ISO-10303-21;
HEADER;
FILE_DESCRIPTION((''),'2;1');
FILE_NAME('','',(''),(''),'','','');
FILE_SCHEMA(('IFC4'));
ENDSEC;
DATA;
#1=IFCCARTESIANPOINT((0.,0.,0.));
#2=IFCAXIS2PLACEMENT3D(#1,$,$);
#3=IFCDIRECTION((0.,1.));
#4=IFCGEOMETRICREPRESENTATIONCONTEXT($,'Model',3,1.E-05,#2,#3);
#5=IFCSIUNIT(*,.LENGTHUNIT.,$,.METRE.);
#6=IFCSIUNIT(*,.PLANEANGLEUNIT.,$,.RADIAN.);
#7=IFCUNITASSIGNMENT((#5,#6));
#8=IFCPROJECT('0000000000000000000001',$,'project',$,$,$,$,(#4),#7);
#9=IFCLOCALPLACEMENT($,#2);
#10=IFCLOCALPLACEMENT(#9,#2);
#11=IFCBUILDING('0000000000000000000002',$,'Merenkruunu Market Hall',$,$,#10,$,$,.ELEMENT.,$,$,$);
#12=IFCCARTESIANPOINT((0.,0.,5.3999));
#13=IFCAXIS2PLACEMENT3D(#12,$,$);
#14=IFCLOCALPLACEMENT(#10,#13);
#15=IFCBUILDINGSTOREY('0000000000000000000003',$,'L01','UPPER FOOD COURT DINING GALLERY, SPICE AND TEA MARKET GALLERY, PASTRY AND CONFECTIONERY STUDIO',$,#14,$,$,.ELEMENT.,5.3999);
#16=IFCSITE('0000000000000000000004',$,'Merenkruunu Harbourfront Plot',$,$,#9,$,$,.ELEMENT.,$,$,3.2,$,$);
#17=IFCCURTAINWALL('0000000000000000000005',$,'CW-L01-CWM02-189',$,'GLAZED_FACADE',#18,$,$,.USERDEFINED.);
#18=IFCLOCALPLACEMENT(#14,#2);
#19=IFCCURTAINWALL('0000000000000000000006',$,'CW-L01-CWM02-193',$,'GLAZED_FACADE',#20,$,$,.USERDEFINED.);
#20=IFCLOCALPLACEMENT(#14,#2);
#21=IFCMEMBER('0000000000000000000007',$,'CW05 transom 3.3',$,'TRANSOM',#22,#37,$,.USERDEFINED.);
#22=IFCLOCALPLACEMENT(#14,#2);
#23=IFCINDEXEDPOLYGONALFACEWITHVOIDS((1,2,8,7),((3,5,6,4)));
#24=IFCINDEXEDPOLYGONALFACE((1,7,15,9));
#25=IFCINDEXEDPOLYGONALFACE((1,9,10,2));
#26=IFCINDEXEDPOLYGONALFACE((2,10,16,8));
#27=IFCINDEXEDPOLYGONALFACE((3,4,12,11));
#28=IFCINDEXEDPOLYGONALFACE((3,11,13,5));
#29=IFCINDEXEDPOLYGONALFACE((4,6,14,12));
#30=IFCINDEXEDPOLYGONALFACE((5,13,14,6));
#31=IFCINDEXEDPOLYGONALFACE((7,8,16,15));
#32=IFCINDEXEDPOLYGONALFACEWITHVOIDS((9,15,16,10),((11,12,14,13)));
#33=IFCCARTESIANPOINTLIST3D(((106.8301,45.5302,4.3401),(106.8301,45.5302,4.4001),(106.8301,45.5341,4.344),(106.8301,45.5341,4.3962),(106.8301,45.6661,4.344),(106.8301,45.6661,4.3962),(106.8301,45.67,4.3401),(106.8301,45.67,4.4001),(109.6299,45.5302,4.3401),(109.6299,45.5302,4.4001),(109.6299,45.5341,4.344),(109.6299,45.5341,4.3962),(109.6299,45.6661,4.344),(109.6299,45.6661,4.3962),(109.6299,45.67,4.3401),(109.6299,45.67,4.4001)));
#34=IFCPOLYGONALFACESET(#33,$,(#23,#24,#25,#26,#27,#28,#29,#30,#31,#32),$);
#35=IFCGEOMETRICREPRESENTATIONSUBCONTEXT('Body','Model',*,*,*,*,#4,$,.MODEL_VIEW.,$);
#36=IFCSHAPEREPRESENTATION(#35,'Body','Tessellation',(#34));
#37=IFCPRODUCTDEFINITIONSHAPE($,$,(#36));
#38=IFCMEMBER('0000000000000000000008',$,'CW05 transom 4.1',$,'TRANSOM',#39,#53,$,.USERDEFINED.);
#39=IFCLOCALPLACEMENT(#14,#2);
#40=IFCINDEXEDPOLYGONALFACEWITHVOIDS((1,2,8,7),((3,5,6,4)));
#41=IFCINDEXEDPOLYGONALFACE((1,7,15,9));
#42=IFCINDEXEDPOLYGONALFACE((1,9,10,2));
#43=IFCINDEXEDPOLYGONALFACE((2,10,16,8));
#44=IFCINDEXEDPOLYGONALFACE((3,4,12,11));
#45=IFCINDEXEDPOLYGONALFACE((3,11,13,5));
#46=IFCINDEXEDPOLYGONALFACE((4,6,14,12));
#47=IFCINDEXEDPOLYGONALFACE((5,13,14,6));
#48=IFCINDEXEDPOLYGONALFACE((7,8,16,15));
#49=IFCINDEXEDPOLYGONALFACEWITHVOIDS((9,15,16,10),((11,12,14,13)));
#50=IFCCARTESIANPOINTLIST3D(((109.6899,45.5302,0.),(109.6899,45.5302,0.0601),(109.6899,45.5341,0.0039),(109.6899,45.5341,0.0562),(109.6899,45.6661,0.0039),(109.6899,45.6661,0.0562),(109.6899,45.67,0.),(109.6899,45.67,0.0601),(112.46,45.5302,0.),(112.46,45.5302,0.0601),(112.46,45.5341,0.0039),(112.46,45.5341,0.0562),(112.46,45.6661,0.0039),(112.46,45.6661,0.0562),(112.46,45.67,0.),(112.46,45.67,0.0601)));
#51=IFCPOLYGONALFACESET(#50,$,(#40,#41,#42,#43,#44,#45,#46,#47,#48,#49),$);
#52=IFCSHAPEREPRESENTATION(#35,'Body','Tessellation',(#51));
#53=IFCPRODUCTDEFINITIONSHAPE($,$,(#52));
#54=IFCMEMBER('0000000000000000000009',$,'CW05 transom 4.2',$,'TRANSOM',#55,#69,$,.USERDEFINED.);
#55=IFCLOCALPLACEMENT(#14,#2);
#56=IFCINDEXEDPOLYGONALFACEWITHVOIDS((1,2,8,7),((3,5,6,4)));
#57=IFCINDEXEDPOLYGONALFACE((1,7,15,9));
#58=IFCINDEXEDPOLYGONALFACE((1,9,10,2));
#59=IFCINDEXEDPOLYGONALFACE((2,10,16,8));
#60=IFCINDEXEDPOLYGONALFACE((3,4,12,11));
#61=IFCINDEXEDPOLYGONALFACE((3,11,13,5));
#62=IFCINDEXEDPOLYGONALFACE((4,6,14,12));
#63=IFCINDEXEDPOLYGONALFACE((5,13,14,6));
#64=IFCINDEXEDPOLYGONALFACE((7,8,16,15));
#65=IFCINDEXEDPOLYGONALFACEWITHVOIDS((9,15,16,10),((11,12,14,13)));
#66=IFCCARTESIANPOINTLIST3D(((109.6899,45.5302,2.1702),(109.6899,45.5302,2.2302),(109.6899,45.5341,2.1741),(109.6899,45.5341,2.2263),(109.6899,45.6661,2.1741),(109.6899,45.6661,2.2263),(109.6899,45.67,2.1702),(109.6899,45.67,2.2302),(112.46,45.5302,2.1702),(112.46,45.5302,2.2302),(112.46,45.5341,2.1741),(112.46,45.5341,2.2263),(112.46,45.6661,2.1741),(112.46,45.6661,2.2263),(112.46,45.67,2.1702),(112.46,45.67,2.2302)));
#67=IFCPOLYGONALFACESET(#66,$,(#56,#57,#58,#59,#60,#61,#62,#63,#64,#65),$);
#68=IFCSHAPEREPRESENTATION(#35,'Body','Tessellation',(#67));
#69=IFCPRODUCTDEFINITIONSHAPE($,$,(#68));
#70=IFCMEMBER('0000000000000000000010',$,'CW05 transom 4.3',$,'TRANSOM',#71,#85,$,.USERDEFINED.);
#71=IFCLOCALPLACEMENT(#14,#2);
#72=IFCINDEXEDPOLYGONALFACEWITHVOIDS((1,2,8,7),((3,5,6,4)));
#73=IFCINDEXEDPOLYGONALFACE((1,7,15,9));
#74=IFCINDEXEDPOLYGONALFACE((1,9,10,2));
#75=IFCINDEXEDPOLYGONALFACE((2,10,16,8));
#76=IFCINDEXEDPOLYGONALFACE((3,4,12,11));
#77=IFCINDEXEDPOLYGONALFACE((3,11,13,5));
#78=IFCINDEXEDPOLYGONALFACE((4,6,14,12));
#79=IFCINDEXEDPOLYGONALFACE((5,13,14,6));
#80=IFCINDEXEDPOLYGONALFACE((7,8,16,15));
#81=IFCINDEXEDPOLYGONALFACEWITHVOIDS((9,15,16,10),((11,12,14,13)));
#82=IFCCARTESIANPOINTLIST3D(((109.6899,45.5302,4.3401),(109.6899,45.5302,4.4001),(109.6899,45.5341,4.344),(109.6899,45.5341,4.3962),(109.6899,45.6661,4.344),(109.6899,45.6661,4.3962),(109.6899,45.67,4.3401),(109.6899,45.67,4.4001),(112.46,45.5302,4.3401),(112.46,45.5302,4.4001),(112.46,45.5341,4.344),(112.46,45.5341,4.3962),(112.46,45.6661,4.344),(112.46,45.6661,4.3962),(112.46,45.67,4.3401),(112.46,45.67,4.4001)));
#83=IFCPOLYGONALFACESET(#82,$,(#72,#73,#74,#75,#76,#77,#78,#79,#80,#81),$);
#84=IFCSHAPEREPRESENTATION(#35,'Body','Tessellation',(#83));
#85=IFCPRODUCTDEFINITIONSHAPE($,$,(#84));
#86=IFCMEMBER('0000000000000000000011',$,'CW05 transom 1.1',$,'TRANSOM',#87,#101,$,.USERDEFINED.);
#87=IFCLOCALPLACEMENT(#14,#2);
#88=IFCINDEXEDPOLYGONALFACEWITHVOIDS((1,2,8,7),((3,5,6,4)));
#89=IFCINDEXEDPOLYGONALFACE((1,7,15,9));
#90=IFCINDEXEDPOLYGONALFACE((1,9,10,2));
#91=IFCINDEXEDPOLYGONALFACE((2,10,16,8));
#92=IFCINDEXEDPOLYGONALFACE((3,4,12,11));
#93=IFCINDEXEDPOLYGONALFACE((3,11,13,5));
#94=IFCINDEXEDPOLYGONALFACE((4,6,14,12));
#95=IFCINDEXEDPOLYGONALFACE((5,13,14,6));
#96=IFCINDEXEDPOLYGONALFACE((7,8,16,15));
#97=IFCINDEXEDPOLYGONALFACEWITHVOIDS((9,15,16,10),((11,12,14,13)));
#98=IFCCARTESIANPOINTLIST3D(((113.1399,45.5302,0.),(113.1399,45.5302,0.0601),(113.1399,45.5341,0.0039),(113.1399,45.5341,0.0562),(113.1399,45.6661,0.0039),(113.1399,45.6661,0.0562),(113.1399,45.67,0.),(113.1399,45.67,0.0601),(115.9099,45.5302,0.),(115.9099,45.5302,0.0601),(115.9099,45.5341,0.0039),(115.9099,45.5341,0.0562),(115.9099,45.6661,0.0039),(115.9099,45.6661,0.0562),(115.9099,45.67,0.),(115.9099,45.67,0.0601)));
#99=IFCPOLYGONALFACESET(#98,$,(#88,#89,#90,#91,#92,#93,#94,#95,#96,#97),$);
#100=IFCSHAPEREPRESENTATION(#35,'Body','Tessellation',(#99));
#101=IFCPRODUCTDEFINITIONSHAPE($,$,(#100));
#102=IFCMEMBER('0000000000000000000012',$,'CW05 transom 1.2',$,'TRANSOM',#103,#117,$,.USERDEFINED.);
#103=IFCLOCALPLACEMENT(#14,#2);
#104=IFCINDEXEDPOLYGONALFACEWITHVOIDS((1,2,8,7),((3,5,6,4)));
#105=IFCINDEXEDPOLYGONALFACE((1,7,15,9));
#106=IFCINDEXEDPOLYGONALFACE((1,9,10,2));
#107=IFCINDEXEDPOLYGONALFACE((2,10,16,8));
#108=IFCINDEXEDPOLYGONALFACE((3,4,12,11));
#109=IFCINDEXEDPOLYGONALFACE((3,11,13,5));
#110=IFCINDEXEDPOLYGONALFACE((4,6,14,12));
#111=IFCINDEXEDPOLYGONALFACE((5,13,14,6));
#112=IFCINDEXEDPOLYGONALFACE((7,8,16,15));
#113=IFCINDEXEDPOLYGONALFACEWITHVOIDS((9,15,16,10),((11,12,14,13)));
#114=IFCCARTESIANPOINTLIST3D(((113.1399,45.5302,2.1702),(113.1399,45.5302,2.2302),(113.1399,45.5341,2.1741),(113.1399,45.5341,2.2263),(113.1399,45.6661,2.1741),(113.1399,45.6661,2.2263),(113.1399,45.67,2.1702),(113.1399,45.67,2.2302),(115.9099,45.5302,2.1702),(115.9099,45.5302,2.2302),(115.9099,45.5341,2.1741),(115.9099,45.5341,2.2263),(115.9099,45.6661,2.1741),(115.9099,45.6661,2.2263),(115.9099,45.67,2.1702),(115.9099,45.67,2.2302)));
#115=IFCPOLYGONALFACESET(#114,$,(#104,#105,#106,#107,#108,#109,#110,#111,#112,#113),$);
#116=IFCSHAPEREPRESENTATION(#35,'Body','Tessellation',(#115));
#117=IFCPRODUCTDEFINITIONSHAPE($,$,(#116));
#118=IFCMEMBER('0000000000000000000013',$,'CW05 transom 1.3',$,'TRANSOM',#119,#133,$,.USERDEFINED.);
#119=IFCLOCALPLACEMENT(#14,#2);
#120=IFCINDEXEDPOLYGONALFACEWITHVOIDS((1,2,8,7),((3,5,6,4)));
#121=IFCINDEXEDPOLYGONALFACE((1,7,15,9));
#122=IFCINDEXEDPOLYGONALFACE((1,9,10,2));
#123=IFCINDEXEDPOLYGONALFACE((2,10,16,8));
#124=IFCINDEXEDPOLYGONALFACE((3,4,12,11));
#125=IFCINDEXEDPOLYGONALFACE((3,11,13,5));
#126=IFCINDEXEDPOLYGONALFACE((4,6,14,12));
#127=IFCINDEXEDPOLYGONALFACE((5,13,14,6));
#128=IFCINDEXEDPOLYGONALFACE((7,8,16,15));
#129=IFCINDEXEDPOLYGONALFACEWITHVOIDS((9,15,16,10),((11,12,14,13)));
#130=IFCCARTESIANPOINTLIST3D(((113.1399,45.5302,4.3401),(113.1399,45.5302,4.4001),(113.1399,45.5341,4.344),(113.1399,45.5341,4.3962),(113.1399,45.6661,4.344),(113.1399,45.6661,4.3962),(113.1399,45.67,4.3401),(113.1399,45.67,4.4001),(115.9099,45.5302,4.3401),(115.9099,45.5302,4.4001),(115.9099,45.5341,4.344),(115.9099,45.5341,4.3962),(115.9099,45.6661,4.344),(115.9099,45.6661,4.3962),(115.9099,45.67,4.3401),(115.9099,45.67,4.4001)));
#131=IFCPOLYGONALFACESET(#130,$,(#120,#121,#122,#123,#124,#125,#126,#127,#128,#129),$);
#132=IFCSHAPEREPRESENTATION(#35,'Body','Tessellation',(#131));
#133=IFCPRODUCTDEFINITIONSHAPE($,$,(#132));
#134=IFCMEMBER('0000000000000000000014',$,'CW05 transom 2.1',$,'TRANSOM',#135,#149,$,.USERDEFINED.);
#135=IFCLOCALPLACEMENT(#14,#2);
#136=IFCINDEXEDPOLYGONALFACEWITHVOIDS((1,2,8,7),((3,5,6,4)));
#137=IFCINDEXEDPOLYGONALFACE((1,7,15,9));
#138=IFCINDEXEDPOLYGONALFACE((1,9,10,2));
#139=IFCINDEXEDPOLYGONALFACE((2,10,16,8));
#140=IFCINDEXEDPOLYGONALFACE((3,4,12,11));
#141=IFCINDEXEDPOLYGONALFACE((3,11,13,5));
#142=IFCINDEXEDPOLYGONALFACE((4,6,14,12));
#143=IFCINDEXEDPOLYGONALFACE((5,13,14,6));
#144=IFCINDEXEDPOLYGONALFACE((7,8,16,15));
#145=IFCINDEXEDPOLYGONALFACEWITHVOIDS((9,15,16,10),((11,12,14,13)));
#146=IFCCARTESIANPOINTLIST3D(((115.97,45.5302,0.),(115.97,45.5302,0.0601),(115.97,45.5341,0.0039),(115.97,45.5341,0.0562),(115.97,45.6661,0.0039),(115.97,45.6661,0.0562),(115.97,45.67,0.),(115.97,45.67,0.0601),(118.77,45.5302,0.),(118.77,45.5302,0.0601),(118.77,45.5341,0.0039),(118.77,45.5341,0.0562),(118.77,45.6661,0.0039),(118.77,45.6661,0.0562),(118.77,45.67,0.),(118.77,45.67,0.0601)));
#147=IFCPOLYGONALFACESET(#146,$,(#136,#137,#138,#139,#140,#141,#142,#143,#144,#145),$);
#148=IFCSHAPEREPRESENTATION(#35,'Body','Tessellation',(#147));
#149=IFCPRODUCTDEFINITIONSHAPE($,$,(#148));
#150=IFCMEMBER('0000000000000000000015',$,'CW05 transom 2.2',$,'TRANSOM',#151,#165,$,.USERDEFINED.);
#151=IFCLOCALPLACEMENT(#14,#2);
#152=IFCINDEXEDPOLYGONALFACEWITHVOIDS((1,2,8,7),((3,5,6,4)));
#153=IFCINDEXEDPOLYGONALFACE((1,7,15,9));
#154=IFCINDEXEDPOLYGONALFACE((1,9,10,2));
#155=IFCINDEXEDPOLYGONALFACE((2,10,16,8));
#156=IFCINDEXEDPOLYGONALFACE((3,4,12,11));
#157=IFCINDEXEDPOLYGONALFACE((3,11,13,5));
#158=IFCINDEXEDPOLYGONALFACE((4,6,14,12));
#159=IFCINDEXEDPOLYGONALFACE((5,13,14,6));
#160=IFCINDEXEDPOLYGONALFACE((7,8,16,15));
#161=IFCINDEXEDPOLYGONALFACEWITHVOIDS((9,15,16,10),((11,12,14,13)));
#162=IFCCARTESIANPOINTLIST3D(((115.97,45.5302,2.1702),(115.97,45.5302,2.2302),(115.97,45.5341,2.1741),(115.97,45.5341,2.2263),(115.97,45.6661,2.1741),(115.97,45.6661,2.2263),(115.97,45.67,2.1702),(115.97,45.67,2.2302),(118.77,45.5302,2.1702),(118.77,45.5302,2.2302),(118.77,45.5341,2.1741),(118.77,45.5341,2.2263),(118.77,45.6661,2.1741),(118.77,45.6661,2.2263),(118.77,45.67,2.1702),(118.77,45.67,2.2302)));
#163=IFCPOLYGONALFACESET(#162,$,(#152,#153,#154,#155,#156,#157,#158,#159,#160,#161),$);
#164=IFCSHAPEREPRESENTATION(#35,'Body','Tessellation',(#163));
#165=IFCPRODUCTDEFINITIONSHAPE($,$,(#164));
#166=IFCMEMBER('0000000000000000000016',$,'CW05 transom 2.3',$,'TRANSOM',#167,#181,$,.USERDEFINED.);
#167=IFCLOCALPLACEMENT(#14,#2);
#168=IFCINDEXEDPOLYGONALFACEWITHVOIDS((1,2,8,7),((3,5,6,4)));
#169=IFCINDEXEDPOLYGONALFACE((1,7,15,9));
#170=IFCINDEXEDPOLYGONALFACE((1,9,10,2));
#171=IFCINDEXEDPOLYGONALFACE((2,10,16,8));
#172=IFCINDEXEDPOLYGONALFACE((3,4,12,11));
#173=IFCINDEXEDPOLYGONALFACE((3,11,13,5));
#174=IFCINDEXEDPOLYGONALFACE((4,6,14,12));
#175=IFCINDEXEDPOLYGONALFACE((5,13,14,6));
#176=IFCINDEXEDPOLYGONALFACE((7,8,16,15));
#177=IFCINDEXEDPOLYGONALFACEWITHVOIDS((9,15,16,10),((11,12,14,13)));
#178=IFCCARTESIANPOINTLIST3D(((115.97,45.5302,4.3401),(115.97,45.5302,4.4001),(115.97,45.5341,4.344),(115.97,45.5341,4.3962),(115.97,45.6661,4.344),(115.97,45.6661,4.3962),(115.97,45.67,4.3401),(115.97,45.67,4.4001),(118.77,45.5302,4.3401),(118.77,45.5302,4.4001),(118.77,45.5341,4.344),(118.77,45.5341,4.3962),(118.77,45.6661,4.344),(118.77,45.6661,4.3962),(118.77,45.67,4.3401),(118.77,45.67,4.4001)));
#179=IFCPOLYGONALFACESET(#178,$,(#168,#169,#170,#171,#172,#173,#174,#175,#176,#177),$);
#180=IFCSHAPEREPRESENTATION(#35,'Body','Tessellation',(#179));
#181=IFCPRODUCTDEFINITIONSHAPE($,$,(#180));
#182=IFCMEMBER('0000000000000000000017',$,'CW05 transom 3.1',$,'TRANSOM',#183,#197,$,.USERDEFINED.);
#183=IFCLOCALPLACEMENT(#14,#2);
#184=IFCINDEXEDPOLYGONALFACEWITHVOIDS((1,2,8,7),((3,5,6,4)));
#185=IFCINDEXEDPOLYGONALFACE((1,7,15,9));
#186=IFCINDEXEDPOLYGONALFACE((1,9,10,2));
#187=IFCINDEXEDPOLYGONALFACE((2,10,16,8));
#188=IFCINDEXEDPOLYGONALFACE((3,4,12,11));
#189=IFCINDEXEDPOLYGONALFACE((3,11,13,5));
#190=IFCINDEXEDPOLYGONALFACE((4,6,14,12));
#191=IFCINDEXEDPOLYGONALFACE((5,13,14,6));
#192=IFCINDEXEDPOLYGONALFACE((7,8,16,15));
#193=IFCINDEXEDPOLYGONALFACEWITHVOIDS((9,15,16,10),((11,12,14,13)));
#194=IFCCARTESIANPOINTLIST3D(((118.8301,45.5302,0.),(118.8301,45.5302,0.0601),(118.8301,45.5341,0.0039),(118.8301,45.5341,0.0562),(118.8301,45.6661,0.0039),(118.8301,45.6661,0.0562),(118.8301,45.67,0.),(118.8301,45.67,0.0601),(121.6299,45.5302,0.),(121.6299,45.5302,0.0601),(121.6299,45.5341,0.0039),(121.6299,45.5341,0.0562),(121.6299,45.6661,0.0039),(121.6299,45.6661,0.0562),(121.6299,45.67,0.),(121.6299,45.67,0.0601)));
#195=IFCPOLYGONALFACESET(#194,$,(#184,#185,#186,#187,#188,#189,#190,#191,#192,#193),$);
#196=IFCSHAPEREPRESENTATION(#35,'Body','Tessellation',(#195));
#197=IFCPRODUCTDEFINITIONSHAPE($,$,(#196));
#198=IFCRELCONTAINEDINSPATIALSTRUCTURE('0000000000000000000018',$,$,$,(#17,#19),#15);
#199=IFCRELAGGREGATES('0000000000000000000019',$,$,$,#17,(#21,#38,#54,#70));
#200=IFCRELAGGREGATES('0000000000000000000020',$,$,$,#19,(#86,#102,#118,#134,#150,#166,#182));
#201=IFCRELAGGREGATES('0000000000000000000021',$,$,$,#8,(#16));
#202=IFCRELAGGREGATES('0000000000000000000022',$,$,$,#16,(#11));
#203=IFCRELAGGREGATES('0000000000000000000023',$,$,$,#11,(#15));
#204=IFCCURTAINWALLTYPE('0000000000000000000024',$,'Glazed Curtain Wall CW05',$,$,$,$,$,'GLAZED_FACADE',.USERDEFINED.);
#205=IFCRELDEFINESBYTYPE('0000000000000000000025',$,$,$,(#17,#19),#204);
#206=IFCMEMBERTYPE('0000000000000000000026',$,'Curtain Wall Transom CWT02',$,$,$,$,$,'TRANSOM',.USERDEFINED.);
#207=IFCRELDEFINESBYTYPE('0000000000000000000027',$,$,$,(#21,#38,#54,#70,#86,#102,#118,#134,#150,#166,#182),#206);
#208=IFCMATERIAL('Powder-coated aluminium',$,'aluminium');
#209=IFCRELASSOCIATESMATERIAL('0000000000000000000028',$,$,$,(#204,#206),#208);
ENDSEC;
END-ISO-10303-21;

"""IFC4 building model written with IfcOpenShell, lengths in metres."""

from ifc_helpers import new_model, si_unit, direction, frame, origin, origin_2d, place, context, subcontext, project, spatial, hollow_rectangle, extrude, material, material_profile, profile_set, type_object, element, aggregate, save


model = new_model("IFC4")

# Units and contexts
model_context = context("Model", 3, precision=1e-05, world=origin(), true_north=direction((0.0, 1.0)))
body_context = subcontext(model_context, "Body", "Model", "MODEL_VIEW")
ifc_project = project(units=[si_unit("LENGTHUNIT", "METRE"), si_unit("PLANEANGLEUNIT", "RADIAN")], contexts=[model_context])

# Site, building, storey
site_placement = place(None, origin())
site = spatial("IfcSite", under=ifc_project, at=site_placement, Name="Merenkruunu Harbourfront Plot", CompositionType="ELEMENT", RefElevation=3.2)
building_placement = place(site_placement, origin())
building = spatial("IfcBuilding", under=site, at=building_placement, Name="Merenkruunu Market Hall", CompositionType="ELEMENT")
storey_placement = place(building_placement, frame((0.0, 0.0, 5.3999)))
storey = spatial("IfcBuildingStorey", under=building, at=storey_placement, Name="L01", Description="UPPER FOOD COURT DINING GALLERY, SPICE AND TEA MARKET GALLERY, PASTRY AND CONFECTIONERY STUDIO", CompositionType="ELEMENT", Elevation=5.3999)

# Curtain walls
ifc_material_1 = material(Name="Powder-coated aluminium", Category="aluminium")
curtain_wall_type = type_object("IfcCurtainWallType", Name="Glazed Curtain Wall CW05", ElementType="GLAZED_FACADE", PredefinedType="USERDEFINED", material=ifc_material_1)
curtain_wall_1_placement = place(storey_placement, origin())
curtain_wall_1 = element("IfcCurtainWall", 1, at=curtain_wall_1_placement, inside=storey, type_object=curtain_wall_type, Name="CW-L01-CWM02-189", ObjectType="GLAZED_FACADE", PredefinedType="USERDEFINED")
curtain_wall_2_placement = place(storey_placement, origin())
curtain_wall_2 = element("IfcCurtainWall", 2, at=curtain_wall_2_placement, inside=storey, type_object=curtain_wall_type, Name="CW-L01-CWM02-193", ObjectType="GLAZED_FACADE", PredefinedType="USERDEFINED")

# Members
ifc_material_profile_1 = material_profile(ifc_material_1, hollow_rectangle(XDim=0.0601, YDim=0.1399, WallThickness=0.0039, at=origin_2d()), Name="ALU 60x140x4")
ifc_profile_set_1 = profile_set([ifc_material_profile_1], Name="Powder-coated aluminium")
member_type_1 = type_object("IfcMemberType", Name="Curtain Wall Transom CWT02", ElementType="TRANSOM", PredefinedType="USERDEFINED", material=ifc_profile_set_1)
member_1_placement = place(storey_placement, frame((106.8301, 45.6001, 4.3701), z_axis=(1.0, 0.0, 0.0), x_axis=(0.0, 0.0, 1.0)))
member_1 = element("IfcMember", 3, at=member_1_placement, type_object=member_type_1, Name="CW05 transom 3.3", ObjectType="TRANSOM", PredefinedType="USERDEFINED", context=body_context, shape_type="SweptSolid", body=[
    extrude(hollow_rectangle(XDim=0.0601, YDim=0.1399, WallThickness=0.0039, at=origin_2d()), origin(), (0.0, 0.0, 1.0), 2.7998),
])
member_2_placement = place(storey_placement, frame((109.6899, 45.6001, 0.03), z_axis=(1.0, 0.0, 0.0), x_axis=(0.0, 0.0, 1.0)))
member_2 = element("IfcMember", 4, at=member_2_placement, type_object=member_type_1, Name="CW05 transom 4.1", ObjectType="TRANSOM", PredefinedType="USERDEFINED", context=body_context, shape_type="SweptSolid", body=[
    extrude(hollow_rectangle(XDim=0.0601, YDim=0.1399, WallThickness=0.0039, at=origin_2d()), origin(), (0.0, 0.0, 1.0), 2.77),
])
member_3_placement = place(storey_placement, frame((109.6899, 45.6001, 2.2002), z_axis=(1.0, 0.0, 0.0), x_axis=(0.0, 0.0, 1.0)))
member_3 = element("IfcMember", 5, at=member_3_placement, type_object=member_type_1, Name="CW05 transom 4.2", ObjectType="TRANSOM", PredefinedType="USERDEFINED", context=body_context, shape_type="SweptSolid", body=[
    extrude(hollow_rectangle(XDim=0.0601, YDim=0.1399, WallThickness=0.0039, at=origin_2d()), origin(), (0.0, 0.0, 1.0), 2.77),
])
member_4_placement = place(storey_placement, frame((109.6899, 45.6001, 4.3701), z_axis=(1.0, 0.0, 0.0), x_axis=(0.0, 0.0, 1.0)))
member_4 = element("IfcMember", 6, at=member_4_placement, type_object=member_type_1, Name="CW05 transom 4.3", ObjectType="TRANSOM", PredefinedType="USERDEFINED", context=body_context, shape_type="SweptSolid", body=[
    extrude(hollow_rectangle(XDim=0.0601, YDim=0.1399, WallThickness=0.0039, at=origin_2d()), origin(), (0.0, 0.0, 1.0), 2.77),
])
member_5_placement = place(storey_placement, frame((113.1399, 45.6001, 0.03), z_axis=(1.0, 0.0, 0.0), x_axis=(0.0, 0.0, 1.0)))
member_5 = element("IfcMember", 7, at=member_5_placement, type_object=member_type_1, Name="CW05 transom 1.1", ObjectType="TRANSOM", PredefinedType="USERDEFINED", context=body_context, shape_type="SweptSolid", body=[
    extrude(hollow_rectangle(XDim=0.0601, YDim=0.1399, WallThickness=0.0039, at=origin_2d()), origin(), (0.0, 0.0, 1.0), 2.77),
])
member_6_placement = place(storey_placement, frame((113.1399, 45.6001, 2.2002), z_axis=(1.0, 0.0, 0.0), x_axis=(0.0, 0.0, 1.0)))
member_6 = element("IfcMember", 8, at=member_6_placement, type_object=member_type_1, Name="CW05 transom 1.2", ObjectType="TRANSOM", PredefinedType="USERDEFINED", context=body_context, shape_type="SweptSolid", body=[
    extrude(hollow_rectangle(XDim=0.0601, YDim=0.1399, WallThickness=0.0039, at=origin_2d()), origin(), (0.0, 0.0, 1.0), 2.77),
])
member_7_placement = place(storey_placement, frame((113.1399, 45.6001, 4.3701), z_axis=(1.0, 0.0, 0.0), x_axis=(0.0, 0.0, 1.0)))
member_7 = element("IfcMember", 9, at=member_7_placement, type_object=member_type_1, Name="CW05 transom 1.3", ObjectType="TRANSOM", PredefinedType="USERDEFINED", context=body_context, shape_type="SweptSolid", body=[
    extrude(hollow_rectangle(XDim=0.0601, YDim=0.1399, WallThickness=0.0039, at=origin_2d()), origin(), (0.0, 0.0, 1.0), 2.77),
])
member_8_placement = place(storey_placement, frame((115.97, 45.6001, 0.03), z_axis=(1.0, 0.0, 0.0), x_axis=(0.0, 0.0, 1.0)))
member_8 = element("IfcMember", 10, at=member_8_placement, type_object=member_type_1, Name="CW05 transom 2.1", ObjectType="TRANSOM", PredefinedType="USERDEFINED", context=body_context, shape_type="SweptSolid", body=[
    extrude(hollow_rectangle(XDim=0.0601, YDim=0.1399, WallThickness=0.0039, at=origin_2d()), origin(), (0.0, 0.0, 1.0), 2.8),
])
member_9_placement = place(storey_placement, frame((115.97, 45.6001, 2.2002), z_axis=(1.0, 0.0, 0.0), x_axis=(0.0, 0.0, 1.0)))
member_9 = element("IfcMember", 11, at=member_9_placement, type_object=member_type_1, Name="CW05 transom 2.2", ObjectType="TRANSOM", PredefinedType="USERDEFINED", context=body_context, shape_type="SweptSolid", body=[
    extrude(hollow_rectangle(XDim=0.0601, YDim=0.1399, WallThickness=0.0039, at=origin_2d()), origin(), (0.0, 0.0, 1.0), 2.8),
])
member_10_placement = place(storey_placement, frame((115.97, 45.6001, 4.3701), z_axis=(1.0, 0.0, 0.0), x_axis=(0.0, 0.0, 1.0)))
member_10 = element("IfcMember", 12, at=member_10_placement, type_object=member_type_1, Name="CW05 transom 2.3", ObjectType="TRANSOM", PredefinedType="USERDEFINED", context=body_context, shape_type="SweptSolid", body=[
    extrude(hollow_rectangle(XDim=0.0601, YDim=0.1399, WallThickness=0.0039, at=origin_2d()), origin(), (0.0, 0.0, 1.0), 2.8),
])
member_11_placement = place(storey_placement, frame((118.8301, 45.6001, 0.03), z_axis=(1.0, 0.0, 0.0), x_axis=(0.0, 0.0, 1.0)))
member_11 = element("IfcMember", 13, at=member_11_placement, type_object=member_type_1, Name="CW05 transom 3.1", ObjectType="TRANSOM", PredefinedType="USERDEFINED", context=body_context, shape_type="SweptSolid", body=[
    extrude(hollow_rectangle(XDim=0.0601, YDim=0.1399, WallThickness=0.0039, at=origin_2d()), origin(), (0.0, 0.0, 1.0), 2.7998),
])

aggregate(curtain_wall_1, [member_1, member_2, member_3, member_4])
aggregate(curtain_wall_2, [member_5, member_6, member_7, member_8, member_9, member_10, member_11])

save(model, "model.ifc")
